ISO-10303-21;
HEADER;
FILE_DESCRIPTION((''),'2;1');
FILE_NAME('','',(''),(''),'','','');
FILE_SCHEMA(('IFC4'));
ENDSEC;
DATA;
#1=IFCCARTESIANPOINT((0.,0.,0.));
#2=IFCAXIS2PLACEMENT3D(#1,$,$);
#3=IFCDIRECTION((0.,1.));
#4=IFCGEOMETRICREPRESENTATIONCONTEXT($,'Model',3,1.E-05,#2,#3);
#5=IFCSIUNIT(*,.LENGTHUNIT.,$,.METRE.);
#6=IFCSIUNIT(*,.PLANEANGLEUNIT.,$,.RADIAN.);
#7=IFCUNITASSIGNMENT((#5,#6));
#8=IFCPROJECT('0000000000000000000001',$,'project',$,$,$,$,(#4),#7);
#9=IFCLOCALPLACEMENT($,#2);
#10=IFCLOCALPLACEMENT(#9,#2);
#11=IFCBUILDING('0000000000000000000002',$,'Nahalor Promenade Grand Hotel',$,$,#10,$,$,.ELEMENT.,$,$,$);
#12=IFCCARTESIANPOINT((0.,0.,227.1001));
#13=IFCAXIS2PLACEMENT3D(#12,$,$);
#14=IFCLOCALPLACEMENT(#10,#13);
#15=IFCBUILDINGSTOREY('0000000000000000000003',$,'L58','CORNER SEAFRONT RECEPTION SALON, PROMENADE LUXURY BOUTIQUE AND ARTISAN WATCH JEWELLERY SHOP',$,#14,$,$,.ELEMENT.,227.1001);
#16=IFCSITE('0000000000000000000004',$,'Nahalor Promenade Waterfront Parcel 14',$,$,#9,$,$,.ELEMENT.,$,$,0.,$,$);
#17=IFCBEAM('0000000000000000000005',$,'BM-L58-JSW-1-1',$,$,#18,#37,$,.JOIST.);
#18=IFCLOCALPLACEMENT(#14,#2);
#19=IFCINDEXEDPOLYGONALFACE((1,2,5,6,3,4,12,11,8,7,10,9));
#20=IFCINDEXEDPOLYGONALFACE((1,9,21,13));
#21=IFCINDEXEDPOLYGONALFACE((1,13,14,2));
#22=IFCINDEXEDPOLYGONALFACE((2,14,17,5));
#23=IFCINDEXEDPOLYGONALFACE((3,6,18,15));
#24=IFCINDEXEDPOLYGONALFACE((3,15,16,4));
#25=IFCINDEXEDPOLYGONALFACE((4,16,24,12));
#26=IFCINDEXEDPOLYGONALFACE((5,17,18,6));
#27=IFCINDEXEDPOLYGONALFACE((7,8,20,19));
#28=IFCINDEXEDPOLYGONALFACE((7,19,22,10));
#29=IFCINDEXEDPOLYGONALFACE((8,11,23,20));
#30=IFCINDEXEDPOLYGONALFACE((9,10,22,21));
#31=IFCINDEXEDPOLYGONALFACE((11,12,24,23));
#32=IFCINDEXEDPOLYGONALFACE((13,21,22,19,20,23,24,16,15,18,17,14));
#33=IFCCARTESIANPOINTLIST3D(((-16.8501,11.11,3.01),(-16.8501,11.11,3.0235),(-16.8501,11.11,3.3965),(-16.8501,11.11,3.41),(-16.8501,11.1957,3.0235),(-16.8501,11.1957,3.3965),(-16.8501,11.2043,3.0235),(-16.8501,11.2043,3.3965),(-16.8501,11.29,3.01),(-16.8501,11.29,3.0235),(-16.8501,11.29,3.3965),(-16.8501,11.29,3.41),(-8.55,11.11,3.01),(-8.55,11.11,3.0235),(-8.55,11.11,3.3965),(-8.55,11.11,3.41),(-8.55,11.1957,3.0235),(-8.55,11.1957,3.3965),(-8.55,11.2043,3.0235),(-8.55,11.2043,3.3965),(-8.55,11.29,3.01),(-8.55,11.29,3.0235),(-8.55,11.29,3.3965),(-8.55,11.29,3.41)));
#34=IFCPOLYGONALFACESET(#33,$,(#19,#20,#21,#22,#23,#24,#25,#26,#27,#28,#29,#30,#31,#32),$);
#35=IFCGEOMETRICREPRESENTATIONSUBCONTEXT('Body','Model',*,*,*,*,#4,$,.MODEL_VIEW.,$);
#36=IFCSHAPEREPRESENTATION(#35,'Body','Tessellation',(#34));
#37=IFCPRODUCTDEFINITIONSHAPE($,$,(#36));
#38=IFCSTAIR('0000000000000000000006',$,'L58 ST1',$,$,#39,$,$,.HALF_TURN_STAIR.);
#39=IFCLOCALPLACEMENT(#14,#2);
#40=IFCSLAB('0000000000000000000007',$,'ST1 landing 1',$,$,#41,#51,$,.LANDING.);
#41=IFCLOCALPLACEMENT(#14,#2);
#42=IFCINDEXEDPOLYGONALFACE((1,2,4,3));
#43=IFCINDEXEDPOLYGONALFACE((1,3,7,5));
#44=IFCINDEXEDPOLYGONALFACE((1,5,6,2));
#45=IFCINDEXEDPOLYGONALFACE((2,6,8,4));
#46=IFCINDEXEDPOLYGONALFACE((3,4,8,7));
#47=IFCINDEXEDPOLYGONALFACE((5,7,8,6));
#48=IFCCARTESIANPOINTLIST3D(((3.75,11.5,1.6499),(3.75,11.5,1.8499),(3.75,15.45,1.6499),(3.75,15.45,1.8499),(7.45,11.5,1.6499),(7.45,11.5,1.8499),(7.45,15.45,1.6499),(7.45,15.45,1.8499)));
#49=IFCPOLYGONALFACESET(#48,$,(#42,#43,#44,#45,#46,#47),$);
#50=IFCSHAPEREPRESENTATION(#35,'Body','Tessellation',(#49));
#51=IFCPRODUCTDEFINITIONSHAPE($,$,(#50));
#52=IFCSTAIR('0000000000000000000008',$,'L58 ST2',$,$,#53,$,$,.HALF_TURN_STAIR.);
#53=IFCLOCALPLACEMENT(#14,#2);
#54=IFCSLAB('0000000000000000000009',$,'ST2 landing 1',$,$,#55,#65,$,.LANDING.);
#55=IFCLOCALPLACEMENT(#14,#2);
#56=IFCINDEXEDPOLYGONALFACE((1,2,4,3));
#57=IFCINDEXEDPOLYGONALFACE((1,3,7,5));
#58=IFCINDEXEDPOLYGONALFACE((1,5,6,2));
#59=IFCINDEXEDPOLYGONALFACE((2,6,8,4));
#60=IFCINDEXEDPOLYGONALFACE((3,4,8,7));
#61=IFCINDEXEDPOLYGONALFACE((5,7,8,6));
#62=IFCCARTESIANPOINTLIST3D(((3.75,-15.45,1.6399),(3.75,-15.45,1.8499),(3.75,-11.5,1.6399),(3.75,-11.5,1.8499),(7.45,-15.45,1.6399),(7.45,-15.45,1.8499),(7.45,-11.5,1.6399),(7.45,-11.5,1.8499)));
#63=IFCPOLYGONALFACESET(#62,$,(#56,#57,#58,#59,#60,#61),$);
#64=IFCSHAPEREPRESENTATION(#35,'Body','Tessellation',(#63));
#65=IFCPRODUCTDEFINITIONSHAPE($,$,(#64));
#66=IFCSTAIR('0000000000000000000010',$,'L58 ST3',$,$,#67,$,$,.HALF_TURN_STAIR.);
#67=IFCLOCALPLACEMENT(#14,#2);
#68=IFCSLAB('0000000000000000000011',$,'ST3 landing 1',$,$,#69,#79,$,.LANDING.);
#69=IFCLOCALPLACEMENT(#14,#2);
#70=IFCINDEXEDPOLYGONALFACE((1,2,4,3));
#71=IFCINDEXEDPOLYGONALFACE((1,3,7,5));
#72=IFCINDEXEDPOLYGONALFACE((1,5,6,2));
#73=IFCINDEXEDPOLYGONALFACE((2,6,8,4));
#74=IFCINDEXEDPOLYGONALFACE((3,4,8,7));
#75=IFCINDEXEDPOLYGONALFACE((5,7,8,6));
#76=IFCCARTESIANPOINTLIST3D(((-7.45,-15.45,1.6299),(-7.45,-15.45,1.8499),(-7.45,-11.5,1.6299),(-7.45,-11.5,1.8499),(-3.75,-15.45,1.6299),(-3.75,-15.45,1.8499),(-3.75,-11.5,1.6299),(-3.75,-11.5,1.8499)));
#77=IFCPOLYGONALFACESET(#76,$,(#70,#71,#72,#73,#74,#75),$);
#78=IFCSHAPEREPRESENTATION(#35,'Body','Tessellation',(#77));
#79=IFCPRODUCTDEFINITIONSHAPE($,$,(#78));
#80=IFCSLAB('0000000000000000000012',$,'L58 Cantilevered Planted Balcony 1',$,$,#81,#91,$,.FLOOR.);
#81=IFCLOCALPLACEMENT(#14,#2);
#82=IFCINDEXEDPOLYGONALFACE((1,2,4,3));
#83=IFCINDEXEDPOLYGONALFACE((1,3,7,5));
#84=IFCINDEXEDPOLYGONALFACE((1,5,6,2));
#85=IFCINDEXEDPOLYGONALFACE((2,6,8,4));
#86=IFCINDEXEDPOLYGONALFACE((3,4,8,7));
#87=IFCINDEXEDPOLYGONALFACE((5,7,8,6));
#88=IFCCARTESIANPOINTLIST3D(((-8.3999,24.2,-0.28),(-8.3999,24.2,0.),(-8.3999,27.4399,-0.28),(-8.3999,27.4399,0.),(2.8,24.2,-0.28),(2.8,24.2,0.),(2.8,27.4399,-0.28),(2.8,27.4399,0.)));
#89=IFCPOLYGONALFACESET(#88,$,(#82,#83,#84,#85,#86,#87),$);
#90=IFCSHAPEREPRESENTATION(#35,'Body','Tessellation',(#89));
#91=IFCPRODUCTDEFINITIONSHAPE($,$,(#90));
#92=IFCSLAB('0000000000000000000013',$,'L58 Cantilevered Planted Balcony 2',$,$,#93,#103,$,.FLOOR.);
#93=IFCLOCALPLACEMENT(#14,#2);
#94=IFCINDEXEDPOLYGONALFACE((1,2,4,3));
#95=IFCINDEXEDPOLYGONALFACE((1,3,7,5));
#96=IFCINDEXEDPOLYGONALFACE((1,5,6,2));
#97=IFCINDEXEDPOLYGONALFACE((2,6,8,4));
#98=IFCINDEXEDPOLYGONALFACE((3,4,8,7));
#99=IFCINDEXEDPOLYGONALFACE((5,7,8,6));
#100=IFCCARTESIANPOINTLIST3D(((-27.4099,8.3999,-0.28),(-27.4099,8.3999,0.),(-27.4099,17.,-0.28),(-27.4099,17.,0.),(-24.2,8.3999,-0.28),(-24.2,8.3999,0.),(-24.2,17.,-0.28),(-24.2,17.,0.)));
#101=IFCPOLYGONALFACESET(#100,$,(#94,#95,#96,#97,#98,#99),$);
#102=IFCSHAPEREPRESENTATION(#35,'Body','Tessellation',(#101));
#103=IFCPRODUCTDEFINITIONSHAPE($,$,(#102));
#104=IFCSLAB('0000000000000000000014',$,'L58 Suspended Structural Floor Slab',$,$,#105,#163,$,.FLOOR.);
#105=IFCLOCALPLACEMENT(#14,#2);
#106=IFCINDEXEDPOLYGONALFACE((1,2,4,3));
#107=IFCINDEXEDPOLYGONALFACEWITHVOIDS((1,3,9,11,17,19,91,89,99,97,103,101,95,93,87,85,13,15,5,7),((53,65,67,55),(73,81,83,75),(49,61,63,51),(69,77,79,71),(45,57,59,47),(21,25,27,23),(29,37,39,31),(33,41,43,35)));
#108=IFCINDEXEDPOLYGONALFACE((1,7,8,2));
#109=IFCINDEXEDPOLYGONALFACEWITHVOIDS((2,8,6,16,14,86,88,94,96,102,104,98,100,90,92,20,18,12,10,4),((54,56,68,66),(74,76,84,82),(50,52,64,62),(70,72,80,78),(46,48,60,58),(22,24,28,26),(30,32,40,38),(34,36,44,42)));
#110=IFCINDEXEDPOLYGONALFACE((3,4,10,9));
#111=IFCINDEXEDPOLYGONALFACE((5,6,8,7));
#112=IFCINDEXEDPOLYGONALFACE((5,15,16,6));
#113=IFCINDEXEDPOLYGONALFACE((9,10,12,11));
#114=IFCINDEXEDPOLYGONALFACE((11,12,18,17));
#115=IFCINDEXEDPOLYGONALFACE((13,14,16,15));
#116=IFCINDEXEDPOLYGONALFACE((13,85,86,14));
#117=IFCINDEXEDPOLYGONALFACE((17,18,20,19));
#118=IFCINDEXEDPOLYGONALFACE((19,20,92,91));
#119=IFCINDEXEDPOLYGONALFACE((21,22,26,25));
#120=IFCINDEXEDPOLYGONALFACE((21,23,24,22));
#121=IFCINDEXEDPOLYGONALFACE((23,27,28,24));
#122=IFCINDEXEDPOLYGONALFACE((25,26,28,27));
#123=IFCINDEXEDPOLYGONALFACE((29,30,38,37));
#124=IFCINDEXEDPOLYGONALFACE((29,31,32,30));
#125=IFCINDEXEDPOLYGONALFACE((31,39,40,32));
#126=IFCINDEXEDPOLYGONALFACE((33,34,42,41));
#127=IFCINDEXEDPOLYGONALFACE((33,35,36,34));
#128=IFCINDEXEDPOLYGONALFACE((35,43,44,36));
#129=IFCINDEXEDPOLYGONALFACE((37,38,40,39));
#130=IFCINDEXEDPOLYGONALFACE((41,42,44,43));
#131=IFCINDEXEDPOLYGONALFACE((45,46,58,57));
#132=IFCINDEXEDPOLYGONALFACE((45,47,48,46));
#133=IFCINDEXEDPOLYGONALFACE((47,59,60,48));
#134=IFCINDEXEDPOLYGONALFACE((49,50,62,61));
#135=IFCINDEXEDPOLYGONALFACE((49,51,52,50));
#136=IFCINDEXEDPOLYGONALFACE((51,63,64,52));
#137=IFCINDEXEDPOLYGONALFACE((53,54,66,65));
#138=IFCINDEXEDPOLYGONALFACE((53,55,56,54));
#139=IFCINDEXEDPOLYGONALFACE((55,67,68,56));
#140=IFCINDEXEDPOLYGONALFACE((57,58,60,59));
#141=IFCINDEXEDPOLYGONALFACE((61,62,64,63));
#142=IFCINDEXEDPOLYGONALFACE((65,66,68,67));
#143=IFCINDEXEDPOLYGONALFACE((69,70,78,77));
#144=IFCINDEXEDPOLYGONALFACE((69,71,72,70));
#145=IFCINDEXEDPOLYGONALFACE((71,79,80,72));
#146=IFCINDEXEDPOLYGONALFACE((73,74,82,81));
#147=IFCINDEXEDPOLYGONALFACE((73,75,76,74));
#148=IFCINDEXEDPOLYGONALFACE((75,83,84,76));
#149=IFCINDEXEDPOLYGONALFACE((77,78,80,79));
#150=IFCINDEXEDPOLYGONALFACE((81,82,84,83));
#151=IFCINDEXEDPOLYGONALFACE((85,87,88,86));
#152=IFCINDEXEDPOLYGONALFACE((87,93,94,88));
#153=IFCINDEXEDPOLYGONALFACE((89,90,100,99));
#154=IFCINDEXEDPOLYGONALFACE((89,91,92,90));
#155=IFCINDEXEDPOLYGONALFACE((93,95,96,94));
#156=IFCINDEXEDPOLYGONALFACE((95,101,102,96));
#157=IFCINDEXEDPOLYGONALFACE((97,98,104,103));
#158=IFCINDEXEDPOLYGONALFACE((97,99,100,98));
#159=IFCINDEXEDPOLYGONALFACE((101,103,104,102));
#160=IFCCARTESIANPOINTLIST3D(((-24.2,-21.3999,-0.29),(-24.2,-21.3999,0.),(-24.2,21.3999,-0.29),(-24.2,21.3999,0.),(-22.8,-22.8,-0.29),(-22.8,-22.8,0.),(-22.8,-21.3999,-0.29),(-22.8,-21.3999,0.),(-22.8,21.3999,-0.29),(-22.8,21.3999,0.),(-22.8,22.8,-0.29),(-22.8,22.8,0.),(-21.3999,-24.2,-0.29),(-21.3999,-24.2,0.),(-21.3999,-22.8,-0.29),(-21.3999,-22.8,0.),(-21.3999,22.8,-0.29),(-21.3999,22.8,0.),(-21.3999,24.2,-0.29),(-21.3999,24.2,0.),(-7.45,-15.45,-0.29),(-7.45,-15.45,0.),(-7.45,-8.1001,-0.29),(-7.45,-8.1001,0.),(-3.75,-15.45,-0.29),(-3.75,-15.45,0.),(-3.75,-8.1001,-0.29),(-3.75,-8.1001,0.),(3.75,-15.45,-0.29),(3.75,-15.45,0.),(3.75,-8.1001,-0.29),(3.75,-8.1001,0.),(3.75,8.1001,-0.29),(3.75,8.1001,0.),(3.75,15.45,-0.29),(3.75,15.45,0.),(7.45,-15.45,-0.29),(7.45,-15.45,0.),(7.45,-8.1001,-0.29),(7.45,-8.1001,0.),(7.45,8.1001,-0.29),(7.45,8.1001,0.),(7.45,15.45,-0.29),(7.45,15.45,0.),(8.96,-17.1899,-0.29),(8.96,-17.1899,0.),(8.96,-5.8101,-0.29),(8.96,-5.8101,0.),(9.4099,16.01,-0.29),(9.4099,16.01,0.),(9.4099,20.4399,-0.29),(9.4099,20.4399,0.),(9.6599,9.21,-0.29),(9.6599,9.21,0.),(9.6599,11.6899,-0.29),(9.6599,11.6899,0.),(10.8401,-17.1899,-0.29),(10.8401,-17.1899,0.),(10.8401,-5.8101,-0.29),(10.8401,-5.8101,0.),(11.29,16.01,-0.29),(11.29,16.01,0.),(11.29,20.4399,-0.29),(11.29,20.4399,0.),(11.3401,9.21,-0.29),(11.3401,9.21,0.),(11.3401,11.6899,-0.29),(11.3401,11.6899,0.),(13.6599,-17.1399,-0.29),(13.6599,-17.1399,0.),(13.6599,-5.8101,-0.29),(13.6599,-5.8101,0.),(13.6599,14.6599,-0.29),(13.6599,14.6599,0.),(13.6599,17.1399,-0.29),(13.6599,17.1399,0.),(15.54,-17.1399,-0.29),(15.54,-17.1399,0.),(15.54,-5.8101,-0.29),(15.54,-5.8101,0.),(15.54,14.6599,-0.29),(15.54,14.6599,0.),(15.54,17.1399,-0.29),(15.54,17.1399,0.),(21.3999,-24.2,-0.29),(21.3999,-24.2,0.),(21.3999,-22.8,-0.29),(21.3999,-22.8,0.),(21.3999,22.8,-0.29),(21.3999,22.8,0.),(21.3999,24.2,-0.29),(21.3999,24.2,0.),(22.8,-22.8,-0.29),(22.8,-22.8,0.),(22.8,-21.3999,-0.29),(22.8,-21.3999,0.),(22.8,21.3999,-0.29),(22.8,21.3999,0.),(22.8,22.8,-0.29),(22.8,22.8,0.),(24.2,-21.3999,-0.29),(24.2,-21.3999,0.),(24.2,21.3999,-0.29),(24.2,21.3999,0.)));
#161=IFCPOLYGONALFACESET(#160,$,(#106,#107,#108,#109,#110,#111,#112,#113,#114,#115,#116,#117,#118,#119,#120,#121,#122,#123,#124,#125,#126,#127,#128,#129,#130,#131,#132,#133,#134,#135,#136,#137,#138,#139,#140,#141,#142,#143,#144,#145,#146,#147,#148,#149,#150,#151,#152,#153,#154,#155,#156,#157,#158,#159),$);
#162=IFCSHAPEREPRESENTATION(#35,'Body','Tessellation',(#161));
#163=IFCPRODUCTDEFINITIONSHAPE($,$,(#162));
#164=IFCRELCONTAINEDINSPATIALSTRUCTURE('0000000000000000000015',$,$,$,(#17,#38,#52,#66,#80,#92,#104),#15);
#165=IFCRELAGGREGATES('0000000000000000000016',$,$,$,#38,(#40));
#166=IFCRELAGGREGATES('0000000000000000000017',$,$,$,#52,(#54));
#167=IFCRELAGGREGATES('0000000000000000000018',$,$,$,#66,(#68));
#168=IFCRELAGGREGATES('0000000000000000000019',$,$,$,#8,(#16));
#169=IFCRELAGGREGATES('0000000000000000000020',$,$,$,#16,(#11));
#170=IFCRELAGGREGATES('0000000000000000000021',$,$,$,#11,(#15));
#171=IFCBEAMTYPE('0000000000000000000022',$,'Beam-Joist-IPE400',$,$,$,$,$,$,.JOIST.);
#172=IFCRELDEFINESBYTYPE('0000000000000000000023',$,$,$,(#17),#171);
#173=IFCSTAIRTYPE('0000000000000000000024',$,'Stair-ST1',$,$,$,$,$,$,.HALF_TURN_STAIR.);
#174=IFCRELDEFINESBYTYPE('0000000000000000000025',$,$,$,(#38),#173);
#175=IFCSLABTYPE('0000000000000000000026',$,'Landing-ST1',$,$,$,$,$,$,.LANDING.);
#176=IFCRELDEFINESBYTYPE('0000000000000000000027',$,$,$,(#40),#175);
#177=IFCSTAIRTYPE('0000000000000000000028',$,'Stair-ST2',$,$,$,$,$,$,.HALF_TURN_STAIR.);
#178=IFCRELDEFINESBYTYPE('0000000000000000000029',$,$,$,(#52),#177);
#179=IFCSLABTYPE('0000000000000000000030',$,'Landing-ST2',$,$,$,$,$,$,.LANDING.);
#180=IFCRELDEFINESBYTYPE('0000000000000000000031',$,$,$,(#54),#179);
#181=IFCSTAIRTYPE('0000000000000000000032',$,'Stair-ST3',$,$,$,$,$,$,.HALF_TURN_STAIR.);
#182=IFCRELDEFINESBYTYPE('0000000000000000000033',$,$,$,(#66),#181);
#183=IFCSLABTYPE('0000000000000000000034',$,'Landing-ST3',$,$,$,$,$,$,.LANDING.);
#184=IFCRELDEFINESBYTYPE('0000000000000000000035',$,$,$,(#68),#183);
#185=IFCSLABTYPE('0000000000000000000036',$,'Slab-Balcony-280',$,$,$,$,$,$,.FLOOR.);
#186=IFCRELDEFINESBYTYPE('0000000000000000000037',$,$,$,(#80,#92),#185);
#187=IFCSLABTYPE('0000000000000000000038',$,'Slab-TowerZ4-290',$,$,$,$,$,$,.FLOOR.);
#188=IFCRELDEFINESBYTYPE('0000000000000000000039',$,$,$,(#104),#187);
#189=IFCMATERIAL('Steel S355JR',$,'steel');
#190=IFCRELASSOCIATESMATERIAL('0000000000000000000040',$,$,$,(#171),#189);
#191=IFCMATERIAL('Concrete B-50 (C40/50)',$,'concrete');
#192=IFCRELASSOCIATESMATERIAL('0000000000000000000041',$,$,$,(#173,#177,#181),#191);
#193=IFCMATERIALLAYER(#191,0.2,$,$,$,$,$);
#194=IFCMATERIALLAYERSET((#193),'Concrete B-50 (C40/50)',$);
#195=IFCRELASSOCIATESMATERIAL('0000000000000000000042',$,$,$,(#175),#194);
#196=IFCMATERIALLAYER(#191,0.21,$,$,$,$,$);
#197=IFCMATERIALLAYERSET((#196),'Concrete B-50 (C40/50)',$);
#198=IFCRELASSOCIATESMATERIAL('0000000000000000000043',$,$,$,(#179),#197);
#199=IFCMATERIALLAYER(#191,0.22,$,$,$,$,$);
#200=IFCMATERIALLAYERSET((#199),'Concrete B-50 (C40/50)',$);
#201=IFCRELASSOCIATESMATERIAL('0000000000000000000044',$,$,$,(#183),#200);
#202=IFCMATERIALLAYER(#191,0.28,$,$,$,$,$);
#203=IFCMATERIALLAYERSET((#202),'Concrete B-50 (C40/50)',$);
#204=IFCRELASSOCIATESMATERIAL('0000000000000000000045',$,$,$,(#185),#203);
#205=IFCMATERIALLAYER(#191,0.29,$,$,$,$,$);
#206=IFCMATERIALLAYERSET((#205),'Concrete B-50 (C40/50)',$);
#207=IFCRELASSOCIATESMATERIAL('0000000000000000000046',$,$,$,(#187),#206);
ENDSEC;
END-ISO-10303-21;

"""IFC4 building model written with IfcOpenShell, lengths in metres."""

from ifc_helpers import new_model, si_unit, direction, frame, origin, origin_2d, place, context, subcontext, project, spatial, polyline, i_section, outline, extrude, source, transform, mapped, material, layer, layer_set, material_profile, profile_set, type_object, element, aggregate, save


model = new_model("IFC4")

# Units and contexts
model_context = context("Model", 3, precision=1e-05, world=origin(), true_north=direction((0.0, 1.0)))
body_context = subcontext(model_context, "Body", "Model", "MODEL_VIEW")
ifc_project = project(units=[si_unit("LENGTHUNIT", "METRE"), si_unit("PLANEANGLEUNIT", "RADIAN")], contexts=[model_context])

# Site, building, storey
site_placement = place(None, origin())
site = spatial("IfcSite", under=ifc_project, at=site_placement, Name="Nahalor Promenade Waterfront Parcel 14", CompositionType="ELEMENT", RefElevation=0.0)
building_placement = place(site_placement, origin())
building = spatial("IfcBuilding", under=site, at=building_placement, Name="Nahalor Promenade Grand Hotel", CompositionType="ELEMENT")
storey_placement = place(building_placement, frame((0.0, 0.0, 227.1001)))
storey = spatial("IfcBuildingStorey", under=building, at=storey_placement, Name="L58", Description="CORNER SEAFRONT RECEPTION SALON, PROMENADE LUXURY BOUTIQUE AND ARTISAN WATCH JEWELLERY SHOP", CompositionType="ELEMENT", Elevation=227.1001)

# Beam
ifc_material_1 = material(Name="Steel S355JR", Category="steel")
ifc_material_profile_1 = material_profile(ifc_material_1, i_section(OverallWidth=0.18, OverallDepth=0.4, WebThickness=0.0086, FlangeThickness=0.0135, at=origin_2d()), Name="IPE 400")
ifc_profile_set_1 = profile_set([ifc_material_profile_1], Name="Steel S355JR")
beam_type_1 = type_object("IfcBeamType", Name="Beam-Joist-IPE400", PredefinedType="JOIST", material=ifc_profile_set_1)
shared_shape_1 = source(origin(), body_context, "Body", "SweptSolid", [
    extrude(i_section(OverallWidth=0.18, OverallDepth=0.4, WebThickness=0.0086, FlangeThickness=0.0135, at=origin_2d()), origin(), (0.0, 0.0, 1.0), 8.3),
])
beam_1_placement = place(storey_placement, frame((-16.8501, 11.2, 3.21), z_axis=(1.0, 0.0, 0.0), x_axis=(0.0, 1.0, 0.0)))
element("IfcBeam", 1, at=beam_1_placement, inside=storey, type_object=beam_type_1, Name="BM-L58-JSW-1-1", PredefinedType="JOIST", context=body_context, shape_type="MappedRepresentation", body=[
    mapped(shared_shape_1, transform((0.0, 0.0, 0.0), scale=1.0)),
])

# Stairs, slabs
ifc_material_2 = material(Name="Concrete B-50 (C40/50)", Category="concrete")
stair_type_1 = type_object("IfcStairType", Name="Stair-ST1", PredefinedType="HALF_TURN_STAIR", material=ifc_material_2)
stair_1_placement = place(storey_placement, origin())
stair_1 = element("IfcStair", 2, at=stair_1_placement, inside=storey, type_object=stair_type_1, Name="L58 ST1", PredefinedType="HALF_TURN_STAIR")
ifc_layer_1 = layer(ifc_material_2, 0.2)
ifc_layer_set_1 = layer_set([ifc_layer_1], Name="Concrete B-50 (C40/50)")
slab_type_1 = type_object("IfcSlabType", Name="Landing-ST1", PredefinedType="LANDING", material=ifc_layer_set_1)
slab_1_placement = place(storey_placement, frame((0.0, 0.0, 1.6499)))
slab_1 = element("IfcSlab", 3, at=slab_1_placement, type_object=slab_type_1, Name="ST1 landing 1", PredefinedType="LANDING", context=body_context, shape_type="SweptSolid", body=[
    extrude(outline(polyline([(7.45, 11.5), (7.45, 15.45), (3.75, 15.45), (3.75, 11.5), (7.45, 11.5)])), origin(), (0.0, 0.0, 1.0), 0.2),
])
aggregate(stair_1, [slab_1])
stair_type_2 = type_object("IfcStairType", Name="Stair-ST2", PredefinedType="HALF_TURN_STAIR", material=ifc_material_2)
stair_2_placement = place(storey_placement, origin())
stair_2 = element("IfcStair", 4, at=stair_2_placement, inside=storey, type_object=stair_type_2, Name="L58 ST2", PredefinedType="HALF_TURN_STAIR")
ifc_layer_2 = layer(ifc_material_2, 0.21)
ifc_layer_set_2 = layer_set([ifc_layer_2], Name="Concrete B-50 (C40/50)")
slab_type_2 = type_object("IfcSlabType", Name="Landing-ST2", PredefinedType="LANDING", material=ifc_layer_set_2)
slab_2_placement = place(storey_placement, frame((0.0, 0.0, 1.6399)))
slab_2 = element("IfcSlab", 5, at=slab_2_placement, type_object=slab_type_2, Name="ST2 landing 1", PredefinedType="LANDING", context=body_context, shape_type="SweptSolid", body=[
    extrude(outline(polyline([(3.75, -11.5), (3.75, -15.45), (7.45, -15.45), (7.45, -11.5), (3.75, -11.5)])), origin(), (0.0, 0.0, 1.0), 0.21),
])
aggregate(stair_2, [slab_2])
stair_type_3 = type_object("IfcStairType", Name="Stair-ST3", PredefinedType="HALF_TURN_STAIR", material=ifc_material_2)
stair_3_placement = place(storey_placement, origin())
stair_3 = element("IfcStair", 6, at=stair_3_placement, inside=storey, type_object=stair_type_3, Name="L58 ST3", PredefinedType="HALF_TURN_STAIR")
ifc_layer_3 = layer(ifc_material_2, 0.22)
ifc_layer_set_3 = layer_set([ifc_layer_3], Name="Concrete B-50 (C40/50)")
slab_type_3 = type_object("IfcSlabType", Name="Landing-ST3", PredefinedType="LANDING", material=ifc_layer_set_3)
slab_3_placement = place(storey_placement, frame((0.0, 0.0, 1.6299)))
slab_3 = element("IfcSlab", 7, at=slab_3_placement, type_object=slab_type_3, Name="ST3 landing 1", PredefinedType="LANDING", context=body_context, shape_type="SweptSolid", body=[
    extrude(outline(polyline([(-7.45, -11.5), (-7.45, -15.45), (-3.75, -15.45), (-3.75, -11.5), (-7.45, -11.5)])), origin(), (0.0, 0.0, 1.0), 0.22),
])
aggregate(stair_3, [slab_3])

# Slabs
ifc_layer_4 = layer(ifc_material_2, 0.28)
ifc_layer_set_4 = layer_set([ifc_layer_4], Name="Concrete B-50 (C40/50)")
slab_type_4 = type_object("IfcSlabType", Name="Slab-Balcony-280", PredefinedType="FLOOR", material=ifc_layer_set_4)
slab_4_placement = place(storey_placement, frame((0.0, 0.0, -0.28)))
element("IfcSlab", 8, at=slab_4_placement, inside=storey, type_object=slab_type_4, Name="L58 Cantilevered Planted Balcony 1", PredefinedType="FLOOR", context=body_context, shape_type="SweptSolid", body=[
    extrude(outline(polyline([(-8.3999, 24.2), (2.8, 24.2), (2.8, 27.4399), (-8.3999, 27.4399), (-8.3999, 24.2)])), origin(), (0.0, 0.0, 1.0), 0.28),
])
slab_5_placement = place(storey_placement, frame((0.0, 0.0, -0.28)))
element("IfcSlab", 9, at=slab_5_placement, inside=storey, type_object=slab_type_4, Name="L58 Cantilevered Planted Balcony 2", PredefinedType="FLOOR", context=body_context, shape_type="SweptSolid", body=[
    extrude(outline(polyline([(-27.4099, 8.3999), (-24.2, 8.3999), (-24.2, 17.0), (-27.4099, 17.0), (-27.4099, 8.3999)])), origin(), (0.0, 0.0, 1.0), 0.28),
])
ifc_layer_5 = layer(ifc_material_2, 0.29)
ifc_layer_set_5 = layer_set([ifc_layer_5], Name="Concrete B-50 (C40/50)")
slab_type_5 = type_object("IfcSlabType", Name="Slab-TowerZ4-290", PredefinedType="FLOOR", material=ifc_layer_set_5)
slab_6_placement = place(storey_placement, frame((0.0, 0.0, -0.29)))
element("IfcSlab", 10, at=slab_6_placement, inside=storey, type_object=slab_type_5, Name="L58 Suspended Structural Floor Slab", PredefinedType="FLOOR", context=body_context, shape_type="SweptSolid", body=[
    extrude(outline(polyline([(-21.3999, -24.2), (21.3999, -24.2), (21.3999, -22.8), (22.8, -22.8), (22.8, -21.3999), (24.2, -21.3999), (24.2, 21.3999), (22.8, 21.3999), (22.8, 22.8), (21.3999, 22.8), (21.3999, 24.2), (-21.3999, 24.2), (-21.3999, 22.8), (-22.8, 22.8), (-22.8, 21.3999), (-24.2, 21.3999), (-24.2, -21.3999), (-22.8, -21.3999), (-22.8, -22.8), (-21.3999, -22.8), (-21.3999, -24.2)]), holes=[polyline([(3.75, 8.1001), (7.45, 8.1001), (7.45, 15.45), (3.75, 15.45), (3.75, 8.1001)]), polyline([(3.75, -15.45), (7.45, -15.45), (7.45, -8.1001), (3.75, -8.1001), (3.75, -15.45)]), polyline([(-7.45, -15.45), (-3.75, -15.45), (-3.75, -8.1001), (-7.45, -8.1001), (-7.45, -15.45)]), polyline([(13.6599, -17.1399), (15.54, -17.1399), (15.54, -5.8101), (13.6599, -5.8101), (13.6599, -17.1399)]), polyline([(8.96, -17.1899), (10.8401, -17.1899), (10.8401, -5.8101), (8.96, -5.8101), (8.96, -17.1899)]), polyline([(9.4099, 16.01), (11.29, 16.01), (11.29, 20.4399), (9.4099, 20.4399), (9.4099, 16.01)]), polyline([(9.6599, 9.21), (11.3401, 9.21), (11.3401, 11.6899), (9.6599, 11.6899), (9.6599, 9.21)]), polyline([(13.6599, 14.6599), (15.54, 14.6599), (15.54, 17.1399), (13.6599, 17.1399), (13.6599, 14.6599)])]), origin(), (0.0, 0.0, 1.0), 0.29),
])

save(model, "model.ifc")
